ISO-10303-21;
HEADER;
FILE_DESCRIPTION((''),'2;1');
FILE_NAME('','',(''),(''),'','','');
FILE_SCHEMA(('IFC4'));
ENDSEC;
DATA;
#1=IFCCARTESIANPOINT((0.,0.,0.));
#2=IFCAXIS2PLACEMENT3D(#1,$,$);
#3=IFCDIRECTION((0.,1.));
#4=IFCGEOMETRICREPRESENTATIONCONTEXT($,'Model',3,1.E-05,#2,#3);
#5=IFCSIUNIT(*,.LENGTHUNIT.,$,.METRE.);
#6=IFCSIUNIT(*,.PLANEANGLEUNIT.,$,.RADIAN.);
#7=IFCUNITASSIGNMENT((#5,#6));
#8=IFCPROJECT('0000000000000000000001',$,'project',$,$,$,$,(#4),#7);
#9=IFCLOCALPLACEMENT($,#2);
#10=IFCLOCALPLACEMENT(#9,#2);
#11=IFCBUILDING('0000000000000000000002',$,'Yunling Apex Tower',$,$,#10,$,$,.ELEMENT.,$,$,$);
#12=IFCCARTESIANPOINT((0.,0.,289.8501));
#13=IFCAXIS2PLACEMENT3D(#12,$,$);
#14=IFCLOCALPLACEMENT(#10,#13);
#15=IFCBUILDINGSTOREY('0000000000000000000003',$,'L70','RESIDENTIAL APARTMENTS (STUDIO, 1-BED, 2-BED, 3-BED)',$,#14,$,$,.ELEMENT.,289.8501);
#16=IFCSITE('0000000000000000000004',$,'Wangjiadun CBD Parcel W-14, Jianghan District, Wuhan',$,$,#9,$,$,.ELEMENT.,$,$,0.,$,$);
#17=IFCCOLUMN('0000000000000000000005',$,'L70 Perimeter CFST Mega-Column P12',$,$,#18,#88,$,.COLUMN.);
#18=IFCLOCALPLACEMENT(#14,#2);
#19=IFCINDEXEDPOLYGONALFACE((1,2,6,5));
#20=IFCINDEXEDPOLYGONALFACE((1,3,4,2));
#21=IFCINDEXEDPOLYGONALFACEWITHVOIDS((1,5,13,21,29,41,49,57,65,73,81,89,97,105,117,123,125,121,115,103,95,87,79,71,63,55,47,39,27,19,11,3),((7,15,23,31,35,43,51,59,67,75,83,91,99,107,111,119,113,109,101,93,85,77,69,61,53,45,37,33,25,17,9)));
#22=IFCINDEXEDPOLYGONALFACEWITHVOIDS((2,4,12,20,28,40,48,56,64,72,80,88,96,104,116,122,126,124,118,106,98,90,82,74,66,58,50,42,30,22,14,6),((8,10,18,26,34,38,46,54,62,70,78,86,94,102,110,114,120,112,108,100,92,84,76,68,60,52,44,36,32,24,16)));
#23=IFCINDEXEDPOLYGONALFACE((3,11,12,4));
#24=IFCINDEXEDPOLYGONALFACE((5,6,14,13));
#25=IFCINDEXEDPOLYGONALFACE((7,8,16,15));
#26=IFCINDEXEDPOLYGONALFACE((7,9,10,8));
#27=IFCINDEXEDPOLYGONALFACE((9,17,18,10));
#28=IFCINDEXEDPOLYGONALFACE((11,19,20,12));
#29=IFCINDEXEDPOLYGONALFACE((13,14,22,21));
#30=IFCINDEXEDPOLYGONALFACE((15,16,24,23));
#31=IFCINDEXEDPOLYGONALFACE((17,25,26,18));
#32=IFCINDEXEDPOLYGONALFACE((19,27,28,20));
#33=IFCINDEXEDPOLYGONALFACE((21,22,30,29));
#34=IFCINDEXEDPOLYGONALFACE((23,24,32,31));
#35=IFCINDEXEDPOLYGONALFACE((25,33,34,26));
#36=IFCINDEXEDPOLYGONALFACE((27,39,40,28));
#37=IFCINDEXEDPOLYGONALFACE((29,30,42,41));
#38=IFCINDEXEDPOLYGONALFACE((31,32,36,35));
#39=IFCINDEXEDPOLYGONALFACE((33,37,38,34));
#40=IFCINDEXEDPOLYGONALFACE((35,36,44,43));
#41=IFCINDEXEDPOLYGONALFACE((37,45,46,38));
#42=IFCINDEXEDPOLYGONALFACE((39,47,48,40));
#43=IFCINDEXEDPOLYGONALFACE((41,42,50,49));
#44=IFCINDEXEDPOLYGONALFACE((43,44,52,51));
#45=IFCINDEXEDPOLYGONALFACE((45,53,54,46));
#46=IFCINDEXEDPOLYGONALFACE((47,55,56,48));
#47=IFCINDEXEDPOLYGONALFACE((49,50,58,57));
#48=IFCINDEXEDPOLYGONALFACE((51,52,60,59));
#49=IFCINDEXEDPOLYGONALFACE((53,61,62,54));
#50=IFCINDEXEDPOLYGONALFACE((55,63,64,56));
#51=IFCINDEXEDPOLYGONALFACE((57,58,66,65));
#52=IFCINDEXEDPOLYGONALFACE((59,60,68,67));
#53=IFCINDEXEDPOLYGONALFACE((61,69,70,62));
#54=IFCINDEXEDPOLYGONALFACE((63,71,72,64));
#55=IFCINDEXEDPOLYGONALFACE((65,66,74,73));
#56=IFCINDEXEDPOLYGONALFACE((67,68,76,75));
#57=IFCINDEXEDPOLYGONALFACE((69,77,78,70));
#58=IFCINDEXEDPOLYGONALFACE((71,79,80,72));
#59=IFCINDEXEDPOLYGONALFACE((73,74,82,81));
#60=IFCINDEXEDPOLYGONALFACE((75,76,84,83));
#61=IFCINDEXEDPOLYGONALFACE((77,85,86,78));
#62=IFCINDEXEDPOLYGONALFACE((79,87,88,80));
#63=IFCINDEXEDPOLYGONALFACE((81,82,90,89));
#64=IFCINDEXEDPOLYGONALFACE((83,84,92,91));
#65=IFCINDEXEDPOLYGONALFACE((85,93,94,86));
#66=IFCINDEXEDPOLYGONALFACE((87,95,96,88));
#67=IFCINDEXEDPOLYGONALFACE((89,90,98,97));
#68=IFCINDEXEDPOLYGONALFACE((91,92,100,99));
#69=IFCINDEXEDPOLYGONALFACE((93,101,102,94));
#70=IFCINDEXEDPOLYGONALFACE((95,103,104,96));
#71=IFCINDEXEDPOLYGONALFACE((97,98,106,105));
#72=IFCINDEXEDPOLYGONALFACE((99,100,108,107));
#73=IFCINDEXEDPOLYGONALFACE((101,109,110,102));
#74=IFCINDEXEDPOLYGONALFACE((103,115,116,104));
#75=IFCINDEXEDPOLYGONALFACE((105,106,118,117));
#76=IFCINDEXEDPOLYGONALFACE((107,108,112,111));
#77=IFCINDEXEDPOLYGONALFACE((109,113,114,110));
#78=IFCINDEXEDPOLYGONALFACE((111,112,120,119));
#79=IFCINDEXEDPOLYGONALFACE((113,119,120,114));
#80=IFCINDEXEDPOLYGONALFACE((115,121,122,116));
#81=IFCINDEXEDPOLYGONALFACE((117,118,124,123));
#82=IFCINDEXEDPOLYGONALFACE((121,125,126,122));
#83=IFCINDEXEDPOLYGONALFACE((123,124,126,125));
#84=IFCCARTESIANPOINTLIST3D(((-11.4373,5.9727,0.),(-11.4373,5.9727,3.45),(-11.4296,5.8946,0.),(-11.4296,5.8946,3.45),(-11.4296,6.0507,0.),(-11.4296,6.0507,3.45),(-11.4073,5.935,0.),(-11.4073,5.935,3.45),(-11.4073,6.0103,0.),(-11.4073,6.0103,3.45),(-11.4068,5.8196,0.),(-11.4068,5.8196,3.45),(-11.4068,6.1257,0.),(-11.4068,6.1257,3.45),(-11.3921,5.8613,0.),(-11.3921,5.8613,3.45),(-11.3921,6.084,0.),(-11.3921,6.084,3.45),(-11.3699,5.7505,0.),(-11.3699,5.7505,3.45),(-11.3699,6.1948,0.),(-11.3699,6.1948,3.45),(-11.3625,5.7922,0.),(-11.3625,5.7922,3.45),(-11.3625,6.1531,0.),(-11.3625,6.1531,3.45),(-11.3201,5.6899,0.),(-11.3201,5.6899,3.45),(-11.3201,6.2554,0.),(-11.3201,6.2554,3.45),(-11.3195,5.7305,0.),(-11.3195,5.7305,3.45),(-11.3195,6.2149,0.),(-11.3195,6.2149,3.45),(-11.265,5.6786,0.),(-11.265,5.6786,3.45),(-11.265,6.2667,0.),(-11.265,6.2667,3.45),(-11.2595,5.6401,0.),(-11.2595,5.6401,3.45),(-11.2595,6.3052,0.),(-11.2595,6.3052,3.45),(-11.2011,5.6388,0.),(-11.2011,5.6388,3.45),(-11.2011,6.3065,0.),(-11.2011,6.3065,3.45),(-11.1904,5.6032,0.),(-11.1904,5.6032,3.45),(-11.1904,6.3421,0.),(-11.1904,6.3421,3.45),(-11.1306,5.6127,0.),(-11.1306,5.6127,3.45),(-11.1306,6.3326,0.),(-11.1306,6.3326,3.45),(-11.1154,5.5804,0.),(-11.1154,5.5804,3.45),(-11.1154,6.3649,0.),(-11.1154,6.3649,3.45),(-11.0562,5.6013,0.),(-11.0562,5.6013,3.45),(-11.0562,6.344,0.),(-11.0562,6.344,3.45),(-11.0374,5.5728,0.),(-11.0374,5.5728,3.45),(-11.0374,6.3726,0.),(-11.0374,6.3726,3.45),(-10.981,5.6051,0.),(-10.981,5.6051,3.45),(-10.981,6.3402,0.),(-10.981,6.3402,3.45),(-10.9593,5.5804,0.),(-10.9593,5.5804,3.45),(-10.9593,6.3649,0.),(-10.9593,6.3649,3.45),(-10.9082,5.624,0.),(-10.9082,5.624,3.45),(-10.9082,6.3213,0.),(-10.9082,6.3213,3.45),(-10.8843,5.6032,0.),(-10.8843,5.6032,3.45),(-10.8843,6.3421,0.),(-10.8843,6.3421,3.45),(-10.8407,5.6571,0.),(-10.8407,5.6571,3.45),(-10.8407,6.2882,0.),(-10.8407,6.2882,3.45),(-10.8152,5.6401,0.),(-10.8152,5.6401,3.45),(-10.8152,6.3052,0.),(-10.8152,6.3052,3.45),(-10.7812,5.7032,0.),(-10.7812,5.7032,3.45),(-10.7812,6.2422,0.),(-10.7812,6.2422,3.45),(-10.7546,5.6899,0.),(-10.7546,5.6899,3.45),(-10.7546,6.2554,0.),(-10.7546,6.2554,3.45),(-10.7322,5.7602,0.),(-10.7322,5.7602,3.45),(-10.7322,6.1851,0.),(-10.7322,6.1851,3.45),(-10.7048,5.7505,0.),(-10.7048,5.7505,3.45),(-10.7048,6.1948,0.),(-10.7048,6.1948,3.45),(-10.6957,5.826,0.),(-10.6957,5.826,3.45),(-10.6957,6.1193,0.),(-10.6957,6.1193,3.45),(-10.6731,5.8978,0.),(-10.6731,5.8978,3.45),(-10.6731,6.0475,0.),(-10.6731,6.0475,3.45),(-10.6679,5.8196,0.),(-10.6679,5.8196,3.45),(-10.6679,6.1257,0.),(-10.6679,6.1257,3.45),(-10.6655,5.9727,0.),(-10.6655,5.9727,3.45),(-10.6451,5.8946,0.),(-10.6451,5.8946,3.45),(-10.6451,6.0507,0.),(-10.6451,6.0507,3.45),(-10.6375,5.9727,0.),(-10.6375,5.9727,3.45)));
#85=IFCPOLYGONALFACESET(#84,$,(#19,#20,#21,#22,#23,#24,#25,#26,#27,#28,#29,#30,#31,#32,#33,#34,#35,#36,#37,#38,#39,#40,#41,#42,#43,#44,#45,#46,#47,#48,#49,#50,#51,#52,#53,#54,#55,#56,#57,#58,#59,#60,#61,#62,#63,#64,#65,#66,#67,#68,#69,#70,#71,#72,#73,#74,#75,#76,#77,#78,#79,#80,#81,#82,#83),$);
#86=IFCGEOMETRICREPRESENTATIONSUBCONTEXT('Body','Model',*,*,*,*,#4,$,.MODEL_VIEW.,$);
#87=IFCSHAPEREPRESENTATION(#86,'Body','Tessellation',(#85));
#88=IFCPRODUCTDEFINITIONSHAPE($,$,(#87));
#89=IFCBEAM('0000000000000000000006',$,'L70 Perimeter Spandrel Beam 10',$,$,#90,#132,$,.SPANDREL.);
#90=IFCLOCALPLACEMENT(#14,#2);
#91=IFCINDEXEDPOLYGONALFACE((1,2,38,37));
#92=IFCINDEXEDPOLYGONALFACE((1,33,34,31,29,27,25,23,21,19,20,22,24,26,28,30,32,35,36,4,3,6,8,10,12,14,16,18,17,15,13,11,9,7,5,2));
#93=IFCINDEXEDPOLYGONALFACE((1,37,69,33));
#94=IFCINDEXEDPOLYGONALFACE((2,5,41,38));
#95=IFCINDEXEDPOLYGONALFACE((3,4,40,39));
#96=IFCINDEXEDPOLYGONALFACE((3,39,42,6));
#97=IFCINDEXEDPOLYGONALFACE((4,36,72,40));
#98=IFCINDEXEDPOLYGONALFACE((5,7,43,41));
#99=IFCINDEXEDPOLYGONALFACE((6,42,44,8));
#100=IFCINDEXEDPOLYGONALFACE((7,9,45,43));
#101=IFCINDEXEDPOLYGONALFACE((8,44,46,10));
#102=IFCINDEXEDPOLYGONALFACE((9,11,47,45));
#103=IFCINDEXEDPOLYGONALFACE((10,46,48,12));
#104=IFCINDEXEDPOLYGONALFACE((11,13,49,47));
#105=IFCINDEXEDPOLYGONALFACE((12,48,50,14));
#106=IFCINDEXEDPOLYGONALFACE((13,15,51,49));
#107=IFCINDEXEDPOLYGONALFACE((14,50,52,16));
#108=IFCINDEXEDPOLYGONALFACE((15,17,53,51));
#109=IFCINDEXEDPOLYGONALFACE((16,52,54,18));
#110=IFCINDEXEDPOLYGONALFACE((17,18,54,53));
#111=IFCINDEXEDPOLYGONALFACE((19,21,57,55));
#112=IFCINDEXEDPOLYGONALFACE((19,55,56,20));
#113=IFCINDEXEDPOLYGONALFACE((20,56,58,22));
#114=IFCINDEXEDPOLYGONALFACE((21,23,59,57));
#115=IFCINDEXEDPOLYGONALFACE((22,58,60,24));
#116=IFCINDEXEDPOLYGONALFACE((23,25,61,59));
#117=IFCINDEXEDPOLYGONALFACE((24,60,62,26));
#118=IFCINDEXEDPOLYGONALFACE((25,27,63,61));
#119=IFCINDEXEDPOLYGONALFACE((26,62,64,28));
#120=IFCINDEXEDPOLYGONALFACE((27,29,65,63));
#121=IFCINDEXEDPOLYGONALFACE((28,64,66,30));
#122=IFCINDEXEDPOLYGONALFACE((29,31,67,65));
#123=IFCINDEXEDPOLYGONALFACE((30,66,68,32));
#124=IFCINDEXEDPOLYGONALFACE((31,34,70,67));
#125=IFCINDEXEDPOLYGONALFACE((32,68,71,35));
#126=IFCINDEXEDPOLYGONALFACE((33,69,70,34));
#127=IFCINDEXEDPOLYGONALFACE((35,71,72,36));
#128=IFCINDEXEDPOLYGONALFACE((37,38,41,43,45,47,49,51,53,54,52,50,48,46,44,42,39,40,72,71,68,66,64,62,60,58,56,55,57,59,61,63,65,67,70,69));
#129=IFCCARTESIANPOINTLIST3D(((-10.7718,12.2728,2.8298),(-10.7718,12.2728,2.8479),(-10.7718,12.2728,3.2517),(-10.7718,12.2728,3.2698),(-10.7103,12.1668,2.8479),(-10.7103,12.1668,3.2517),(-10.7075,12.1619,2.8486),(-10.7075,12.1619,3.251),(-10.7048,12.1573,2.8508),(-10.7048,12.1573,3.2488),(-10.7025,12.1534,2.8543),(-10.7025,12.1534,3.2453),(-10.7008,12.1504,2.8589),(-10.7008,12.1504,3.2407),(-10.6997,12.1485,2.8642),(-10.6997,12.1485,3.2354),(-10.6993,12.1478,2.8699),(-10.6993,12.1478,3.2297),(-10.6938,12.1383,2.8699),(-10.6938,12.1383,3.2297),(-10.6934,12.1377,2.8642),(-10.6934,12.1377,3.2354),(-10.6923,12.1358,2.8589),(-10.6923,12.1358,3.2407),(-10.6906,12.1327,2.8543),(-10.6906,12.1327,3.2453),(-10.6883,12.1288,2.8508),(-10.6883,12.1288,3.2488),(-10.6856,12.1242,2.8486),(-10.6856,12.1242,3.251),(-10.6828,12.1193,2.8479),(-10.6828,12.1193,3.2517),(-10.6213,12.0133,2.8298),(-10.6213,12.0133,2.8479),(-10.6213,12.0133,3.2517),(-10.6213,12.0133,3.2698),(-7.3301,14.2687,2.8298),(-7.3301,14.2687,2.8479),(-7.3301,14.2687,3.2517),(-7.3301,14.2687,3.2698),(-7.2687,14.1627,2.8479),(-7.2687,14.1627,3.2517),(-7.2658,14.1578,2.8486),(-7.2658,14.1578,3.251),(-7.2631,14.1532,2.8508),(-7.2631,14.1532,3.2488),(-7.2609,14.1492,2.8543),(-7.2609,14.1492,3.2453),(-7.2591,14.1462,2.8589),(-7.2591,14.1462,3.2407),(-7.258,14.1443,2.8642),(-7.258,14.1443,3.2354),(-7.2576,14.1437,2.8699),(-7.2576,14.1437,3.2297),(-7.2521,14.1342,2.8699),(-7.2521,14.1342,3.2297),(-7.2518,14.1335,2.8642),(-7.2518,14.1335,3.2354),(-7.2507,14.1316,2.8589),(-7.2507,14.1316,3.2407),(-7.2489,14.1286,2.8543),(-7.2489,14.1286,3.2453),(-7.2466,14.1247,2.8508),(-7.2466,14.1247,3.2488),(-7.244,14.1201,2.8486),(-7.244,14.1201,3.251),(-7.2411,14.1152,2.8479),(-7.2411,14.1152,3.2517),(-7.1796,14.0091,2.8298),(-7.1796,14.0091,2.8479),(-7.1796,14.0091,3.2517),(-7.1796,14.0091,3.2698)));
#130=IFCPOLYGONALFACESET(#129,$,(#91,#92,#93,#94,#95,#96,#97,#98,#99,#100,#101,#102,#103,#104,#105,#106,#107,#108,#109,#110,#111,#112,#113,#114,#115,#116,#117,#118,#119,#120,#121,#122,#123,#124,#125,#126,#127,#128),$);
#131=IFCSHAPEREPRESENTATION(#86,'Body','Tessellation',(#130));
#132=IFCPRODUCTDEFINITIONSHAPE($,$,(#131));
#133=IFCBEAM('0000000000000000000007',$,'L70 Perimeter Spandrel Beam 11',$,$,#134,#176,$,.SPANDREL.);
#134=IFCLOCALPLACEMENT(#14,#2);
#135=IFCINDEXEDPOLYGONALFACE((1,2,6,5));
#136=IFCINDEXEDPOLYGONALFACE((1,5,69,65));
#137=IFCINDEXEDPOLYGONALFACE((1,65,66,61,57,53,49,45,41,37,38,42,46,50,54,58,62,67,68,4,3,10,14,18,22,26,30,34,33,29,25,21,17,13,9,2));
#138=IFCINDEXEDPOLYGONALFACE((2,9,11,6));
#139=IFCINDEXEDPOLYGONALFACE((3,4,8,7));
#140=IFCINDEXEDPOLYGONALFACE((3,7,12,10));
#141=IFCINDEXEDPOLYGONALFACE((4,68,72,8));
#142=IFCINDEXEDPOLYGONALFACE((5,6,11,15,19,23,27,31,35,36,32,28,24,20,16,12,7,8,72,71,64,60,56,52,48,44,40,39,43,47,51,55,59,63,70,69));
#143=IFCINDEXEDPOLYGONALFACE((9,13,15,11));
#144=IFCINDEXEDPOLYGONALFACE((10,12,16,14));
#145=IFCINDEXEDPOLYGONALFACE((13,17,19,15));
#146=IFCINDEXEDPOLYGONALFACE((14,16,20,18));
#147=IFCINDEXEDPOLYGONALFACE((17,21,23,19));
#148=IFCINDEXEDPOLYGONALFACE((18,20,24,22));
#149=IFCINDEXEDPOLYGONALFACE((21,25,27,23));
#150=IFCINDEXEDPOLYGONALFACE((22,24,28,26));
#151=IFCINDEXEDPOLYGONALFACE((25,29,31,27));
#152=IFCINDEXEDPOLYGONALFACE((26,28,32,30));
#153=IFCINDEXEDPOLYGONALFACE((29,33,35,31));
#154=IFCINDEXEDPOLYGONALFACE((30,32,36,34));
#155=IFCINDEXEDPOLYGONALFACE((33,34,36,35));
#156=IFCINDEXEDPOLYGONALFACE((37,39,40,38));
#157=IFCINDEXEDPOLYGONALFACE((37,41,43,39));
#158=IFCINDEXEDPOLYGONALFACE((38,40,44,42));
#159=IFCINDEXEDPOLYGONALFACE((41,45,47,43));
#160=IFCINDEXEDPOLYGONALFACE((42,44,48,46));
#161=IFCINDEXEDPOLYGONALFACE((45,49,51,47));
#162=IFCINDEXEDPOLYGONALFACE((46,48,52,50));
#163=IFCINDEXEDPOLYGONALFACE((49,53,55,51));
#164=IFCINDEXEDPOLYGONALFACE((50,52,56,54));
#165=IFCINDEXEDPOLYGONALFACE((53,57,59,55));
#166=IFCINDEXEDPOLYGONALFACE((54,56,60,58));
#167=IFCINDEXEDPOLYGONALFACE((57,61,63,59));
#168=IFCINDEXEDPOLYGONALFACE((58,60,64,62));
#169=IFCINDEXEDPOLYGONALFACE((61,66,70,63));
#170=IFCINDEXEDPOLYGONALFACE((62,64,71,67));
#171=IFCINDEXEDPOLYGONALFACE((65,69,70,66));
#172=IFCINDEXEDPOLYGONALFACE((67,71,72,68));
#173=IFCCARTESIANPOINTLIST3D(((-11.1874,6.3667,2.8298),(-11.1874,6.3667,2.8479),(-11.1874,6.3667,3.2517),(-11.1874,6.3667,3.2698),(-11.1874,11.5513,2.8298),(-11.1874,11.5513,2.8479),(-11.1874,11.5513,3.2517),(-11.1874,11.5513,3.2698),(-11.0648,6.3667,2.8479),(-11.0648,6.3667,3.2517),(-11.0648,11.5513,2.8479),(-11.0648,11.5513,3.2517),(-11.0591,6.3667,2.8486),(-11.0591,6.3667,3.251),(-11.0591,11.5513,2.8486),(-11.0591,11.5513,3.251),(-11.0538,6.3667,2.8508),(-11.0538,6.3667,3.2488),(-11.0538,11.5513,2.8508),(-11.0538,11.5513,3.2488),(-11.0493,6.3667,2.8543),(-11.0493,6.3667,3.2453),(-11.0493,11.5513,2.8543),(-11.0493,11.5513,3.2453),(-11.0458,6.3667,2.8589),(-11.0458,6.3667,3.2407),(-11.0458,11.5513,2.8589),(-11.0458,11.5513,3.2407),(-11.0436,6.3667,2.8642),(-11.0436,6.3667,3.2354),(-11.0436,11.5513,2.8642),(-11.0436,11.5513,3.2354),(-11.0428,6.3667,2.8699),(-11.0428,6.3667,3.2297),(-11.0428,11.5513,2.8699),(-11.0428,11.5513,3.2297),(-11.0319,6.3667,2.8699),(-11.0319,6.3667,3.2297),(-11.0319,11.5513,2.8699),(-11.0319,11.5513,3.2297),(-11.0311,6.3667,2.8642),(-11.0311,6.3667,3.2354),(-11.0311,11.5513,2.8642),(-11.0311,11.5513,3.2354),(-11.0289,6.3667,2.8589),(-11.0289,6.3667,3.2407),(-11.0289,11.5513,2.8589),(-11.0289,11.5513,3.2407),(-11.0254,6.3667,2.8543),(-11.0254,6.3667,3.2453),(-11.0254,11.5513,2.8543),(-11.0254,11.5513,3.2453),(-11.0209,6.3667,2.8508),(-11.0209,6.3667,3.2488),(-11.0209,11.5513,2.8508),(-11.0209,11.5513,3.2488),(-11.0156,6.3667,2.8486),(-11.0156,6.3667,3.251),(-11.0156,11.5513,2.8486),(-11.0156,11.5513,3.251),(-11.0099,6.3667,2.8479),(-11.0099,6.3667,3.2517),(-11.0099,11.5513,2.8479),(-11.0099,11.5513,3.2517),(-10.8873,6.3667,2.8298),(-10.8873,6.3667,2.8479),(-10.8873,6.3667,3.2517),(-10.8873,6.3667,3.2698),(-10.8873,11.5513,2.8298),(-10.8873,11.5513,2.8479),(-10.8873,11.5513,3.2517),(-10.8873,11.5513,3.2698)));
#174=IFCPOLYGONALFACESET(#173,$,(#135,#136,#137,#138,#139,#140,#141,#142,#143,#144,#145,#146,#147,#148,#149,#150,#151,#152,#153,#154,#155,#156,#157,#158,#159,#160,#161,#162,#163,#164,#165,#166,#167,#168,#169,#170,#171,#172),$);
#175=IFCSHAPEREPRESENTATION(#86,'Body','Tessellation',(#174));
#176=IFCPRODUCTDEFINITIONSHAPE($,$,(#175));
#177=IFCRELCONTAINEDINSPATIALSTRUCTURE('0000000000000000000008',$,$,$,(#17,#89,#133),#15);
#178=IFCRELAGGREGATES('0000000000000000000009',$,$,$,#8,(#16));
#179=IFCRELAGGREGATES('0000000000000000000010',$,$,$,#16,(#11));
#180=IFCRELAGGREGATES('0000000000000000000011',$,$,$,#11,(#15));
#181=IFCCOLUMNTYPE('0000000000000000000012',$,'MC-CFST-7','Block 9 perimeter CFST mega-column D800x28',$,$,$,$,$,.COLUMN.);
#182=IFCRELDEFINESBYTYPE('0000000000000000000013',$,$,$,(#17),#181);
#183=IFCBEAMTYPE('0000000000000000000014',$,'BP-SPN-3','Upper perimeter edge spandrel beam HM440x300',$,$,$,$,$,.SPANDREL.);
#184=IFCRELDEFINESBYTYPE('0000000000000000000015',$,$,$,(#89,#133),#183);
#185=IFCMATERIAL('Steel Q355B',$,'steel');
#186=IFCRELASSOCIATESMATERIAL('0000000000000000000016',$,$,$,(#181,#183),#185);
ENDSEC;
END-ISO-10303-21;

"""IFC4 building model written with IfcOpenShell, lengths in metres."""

from ifc_helpers import new_model, si_unit, direction, frame, origin, origin_2d, place, context, subcontext, project, spatial, hollow_circle, i_section, extrude, source, transform, mapped, material, material_profile, profile_set, type_object, element, save


model = new_model("IFC4")

# Units and contexts
model_context = context("Model", 3, precision=1e-05, world=origin(), true_north=direction((0.0, 1.0)))
body_context = subcontext(model_context, "Body", "Model", "MODEL_VIEW")
ifc_project = project(units=[si_unit("LENGTHUNIT", "METRE"), si_unit("PLANEANGLEUNIT", "RADIAN")], contexts=[model_context])

# Site, building, storey
site_placement = place(None, origin())
site = spatial("IfcSite", under=ifc_project, at=site_placement, Name="Wangjiadun CBD Parcel W-14, Jianghan District, Wuhan", CompositionType="ELEMENT", RefElevation=0.0)
building_placement = place(site_placement, origin())
building = spatial("IfcBuilding", under=site, at=building_placement, Name="Yunling Apex Tower", CompositionType="ELEMENT")
storey_placement = place(building_placement, frame((0.0, 0.0, 289.8501)))
storey = spatial("IfcBuildingStorey", under=building, at=storey_placement, Name="L70", Description="RESIDENTIAL APARTMENTS (STUDIO, 1-BED, 2-BED, 3-BED)", CompositionType="ELEMENT", Elevation=289.8501)

# Column
ifc_material_1 = material(Name="Steel Q355B", Category="steel")
ifc_material_profile_1 = material_profile(ifc_material_1, hollow_circle(Radius=0.3999, WallThickness=0.0281, at=origin_2d()))
ifc_profile_set_1 = profile_set([ifc_material_profile_1], Name="Steel Q355B")
column_type = type_object("IfcColumnType", Name="MC-CFST-7", Description="Block 9 perimeter CFST mega-column D800x28", PredefinedType="COLUMN", material=ifc_profile_set_1)
shared_shape_1 = source(origin(), body_context, "Body", "SweptSolid", [
    extrude(hollow_circle(Radius=0.3999, WallThickness=0.0281, at=origin_2d()), origin(), (0.0, 0.0, 1.0), 3.45),
])
for number, where, z_axis, x_axis, name in (
    (1, (-11.0374, 5.9727, 0.0), (0.0, 0.0, 1.0), (1.0, 0.0, 0.0), "L70 Perimeter CFST Mega-Column P12"),
):
    element("IfcColumn", number, at=place(storey_placement, frame(where, z_axis=z_axis, x_axis=x_axis)), inside=storey, type_object=column_type, Name=name, PredefinedType="COLUMN", context=body_context, shape_type="MappedRepresentation", body=[
        mapped(shared_shape_1, transform((0.0, 0.0, 0.0), scale=1.0)),
    ])

# Beams
ifc_material_profile_2 = material_profile(ifc_material_1, i_section(OverallWidth=0.3, OverallDepth=0.4399, WebThickness=0.011, FlangeThickness=0.0181, FilletRadius=0.022, at=origin_2d()))
ifc_profile_set_2 = profile_set([ifc_material_profile_2], Name="Steel Q355B")
beam_type_1 = type_object("IfcBeamType", Name="BP-SPN-3", Description="Upper perimeter edge spandrel beam HM440x300", PredefinedType="SPANDREL", material=ifc_profile_set_2)
shared_shape_2 = source(origin(), body_context, "Body", "SweptSolid", [
    extrude(i_section(OverallWidth=0.3, OverallDepth=0.4399, WebThickness=0.011, FlangeThickness=0.0181, FilletRadius=0.022, at=origin_2d()), origin(), (0.0, 0.0, 1.0), 3.9785),
])
beam_1_placement = place(storey_placement, frame((-7.2549, 14.1389, 3.0498), z_axis=(-0.865065, -0.50166, 0.0), x_axis=(0.50166, -0.865065, 0.0)))
element("IfcBeam", 2, at=beam_1_placement, inside=storey, type_object=beam_type_1, Name="L70 Perimeter Spandrel Beam 10", PredefinedType="SPANDREL", context=body_context, shape_type="MappedRepresentation", body=[
    mapped(shared_shape_2, transform((0.0, 0.0, 0.0), scale=1.0)),
])
shared_shape_3 = source(origin(), body_context, "Body", "SweptSolid", [
    extrude(i_section(OverallWidth=0.3, OverallDepth=0.4399, WebThickness=0.011, FlangeThickness=0.0181, FilletRadius=0.022, at=origin_2d()), origin(), (0.0, 0.0, 1.0), 5.1846),
])
beam_2_placement = place(storey_placement, frame((-11.0374, 11.5513, 3.0498), z_axis=(0.0, -1.0, 0.0), x_axis=(1.0, 0.0, 0.0)))
element("IfcBeam", 3, at=beam_2_placement, inside=storey, type_object=beam_type_1, Name="L70 Perimeter Spandrel Beam 11", PredefinedType="SPANDREL", context=body_context, shape_type="MappedRepresentation", body=[
    mapped(shared_shape_3, transform((0.0, 0.0, 0.0), scale=1.0)),
])

save(model, "model.ifc")
